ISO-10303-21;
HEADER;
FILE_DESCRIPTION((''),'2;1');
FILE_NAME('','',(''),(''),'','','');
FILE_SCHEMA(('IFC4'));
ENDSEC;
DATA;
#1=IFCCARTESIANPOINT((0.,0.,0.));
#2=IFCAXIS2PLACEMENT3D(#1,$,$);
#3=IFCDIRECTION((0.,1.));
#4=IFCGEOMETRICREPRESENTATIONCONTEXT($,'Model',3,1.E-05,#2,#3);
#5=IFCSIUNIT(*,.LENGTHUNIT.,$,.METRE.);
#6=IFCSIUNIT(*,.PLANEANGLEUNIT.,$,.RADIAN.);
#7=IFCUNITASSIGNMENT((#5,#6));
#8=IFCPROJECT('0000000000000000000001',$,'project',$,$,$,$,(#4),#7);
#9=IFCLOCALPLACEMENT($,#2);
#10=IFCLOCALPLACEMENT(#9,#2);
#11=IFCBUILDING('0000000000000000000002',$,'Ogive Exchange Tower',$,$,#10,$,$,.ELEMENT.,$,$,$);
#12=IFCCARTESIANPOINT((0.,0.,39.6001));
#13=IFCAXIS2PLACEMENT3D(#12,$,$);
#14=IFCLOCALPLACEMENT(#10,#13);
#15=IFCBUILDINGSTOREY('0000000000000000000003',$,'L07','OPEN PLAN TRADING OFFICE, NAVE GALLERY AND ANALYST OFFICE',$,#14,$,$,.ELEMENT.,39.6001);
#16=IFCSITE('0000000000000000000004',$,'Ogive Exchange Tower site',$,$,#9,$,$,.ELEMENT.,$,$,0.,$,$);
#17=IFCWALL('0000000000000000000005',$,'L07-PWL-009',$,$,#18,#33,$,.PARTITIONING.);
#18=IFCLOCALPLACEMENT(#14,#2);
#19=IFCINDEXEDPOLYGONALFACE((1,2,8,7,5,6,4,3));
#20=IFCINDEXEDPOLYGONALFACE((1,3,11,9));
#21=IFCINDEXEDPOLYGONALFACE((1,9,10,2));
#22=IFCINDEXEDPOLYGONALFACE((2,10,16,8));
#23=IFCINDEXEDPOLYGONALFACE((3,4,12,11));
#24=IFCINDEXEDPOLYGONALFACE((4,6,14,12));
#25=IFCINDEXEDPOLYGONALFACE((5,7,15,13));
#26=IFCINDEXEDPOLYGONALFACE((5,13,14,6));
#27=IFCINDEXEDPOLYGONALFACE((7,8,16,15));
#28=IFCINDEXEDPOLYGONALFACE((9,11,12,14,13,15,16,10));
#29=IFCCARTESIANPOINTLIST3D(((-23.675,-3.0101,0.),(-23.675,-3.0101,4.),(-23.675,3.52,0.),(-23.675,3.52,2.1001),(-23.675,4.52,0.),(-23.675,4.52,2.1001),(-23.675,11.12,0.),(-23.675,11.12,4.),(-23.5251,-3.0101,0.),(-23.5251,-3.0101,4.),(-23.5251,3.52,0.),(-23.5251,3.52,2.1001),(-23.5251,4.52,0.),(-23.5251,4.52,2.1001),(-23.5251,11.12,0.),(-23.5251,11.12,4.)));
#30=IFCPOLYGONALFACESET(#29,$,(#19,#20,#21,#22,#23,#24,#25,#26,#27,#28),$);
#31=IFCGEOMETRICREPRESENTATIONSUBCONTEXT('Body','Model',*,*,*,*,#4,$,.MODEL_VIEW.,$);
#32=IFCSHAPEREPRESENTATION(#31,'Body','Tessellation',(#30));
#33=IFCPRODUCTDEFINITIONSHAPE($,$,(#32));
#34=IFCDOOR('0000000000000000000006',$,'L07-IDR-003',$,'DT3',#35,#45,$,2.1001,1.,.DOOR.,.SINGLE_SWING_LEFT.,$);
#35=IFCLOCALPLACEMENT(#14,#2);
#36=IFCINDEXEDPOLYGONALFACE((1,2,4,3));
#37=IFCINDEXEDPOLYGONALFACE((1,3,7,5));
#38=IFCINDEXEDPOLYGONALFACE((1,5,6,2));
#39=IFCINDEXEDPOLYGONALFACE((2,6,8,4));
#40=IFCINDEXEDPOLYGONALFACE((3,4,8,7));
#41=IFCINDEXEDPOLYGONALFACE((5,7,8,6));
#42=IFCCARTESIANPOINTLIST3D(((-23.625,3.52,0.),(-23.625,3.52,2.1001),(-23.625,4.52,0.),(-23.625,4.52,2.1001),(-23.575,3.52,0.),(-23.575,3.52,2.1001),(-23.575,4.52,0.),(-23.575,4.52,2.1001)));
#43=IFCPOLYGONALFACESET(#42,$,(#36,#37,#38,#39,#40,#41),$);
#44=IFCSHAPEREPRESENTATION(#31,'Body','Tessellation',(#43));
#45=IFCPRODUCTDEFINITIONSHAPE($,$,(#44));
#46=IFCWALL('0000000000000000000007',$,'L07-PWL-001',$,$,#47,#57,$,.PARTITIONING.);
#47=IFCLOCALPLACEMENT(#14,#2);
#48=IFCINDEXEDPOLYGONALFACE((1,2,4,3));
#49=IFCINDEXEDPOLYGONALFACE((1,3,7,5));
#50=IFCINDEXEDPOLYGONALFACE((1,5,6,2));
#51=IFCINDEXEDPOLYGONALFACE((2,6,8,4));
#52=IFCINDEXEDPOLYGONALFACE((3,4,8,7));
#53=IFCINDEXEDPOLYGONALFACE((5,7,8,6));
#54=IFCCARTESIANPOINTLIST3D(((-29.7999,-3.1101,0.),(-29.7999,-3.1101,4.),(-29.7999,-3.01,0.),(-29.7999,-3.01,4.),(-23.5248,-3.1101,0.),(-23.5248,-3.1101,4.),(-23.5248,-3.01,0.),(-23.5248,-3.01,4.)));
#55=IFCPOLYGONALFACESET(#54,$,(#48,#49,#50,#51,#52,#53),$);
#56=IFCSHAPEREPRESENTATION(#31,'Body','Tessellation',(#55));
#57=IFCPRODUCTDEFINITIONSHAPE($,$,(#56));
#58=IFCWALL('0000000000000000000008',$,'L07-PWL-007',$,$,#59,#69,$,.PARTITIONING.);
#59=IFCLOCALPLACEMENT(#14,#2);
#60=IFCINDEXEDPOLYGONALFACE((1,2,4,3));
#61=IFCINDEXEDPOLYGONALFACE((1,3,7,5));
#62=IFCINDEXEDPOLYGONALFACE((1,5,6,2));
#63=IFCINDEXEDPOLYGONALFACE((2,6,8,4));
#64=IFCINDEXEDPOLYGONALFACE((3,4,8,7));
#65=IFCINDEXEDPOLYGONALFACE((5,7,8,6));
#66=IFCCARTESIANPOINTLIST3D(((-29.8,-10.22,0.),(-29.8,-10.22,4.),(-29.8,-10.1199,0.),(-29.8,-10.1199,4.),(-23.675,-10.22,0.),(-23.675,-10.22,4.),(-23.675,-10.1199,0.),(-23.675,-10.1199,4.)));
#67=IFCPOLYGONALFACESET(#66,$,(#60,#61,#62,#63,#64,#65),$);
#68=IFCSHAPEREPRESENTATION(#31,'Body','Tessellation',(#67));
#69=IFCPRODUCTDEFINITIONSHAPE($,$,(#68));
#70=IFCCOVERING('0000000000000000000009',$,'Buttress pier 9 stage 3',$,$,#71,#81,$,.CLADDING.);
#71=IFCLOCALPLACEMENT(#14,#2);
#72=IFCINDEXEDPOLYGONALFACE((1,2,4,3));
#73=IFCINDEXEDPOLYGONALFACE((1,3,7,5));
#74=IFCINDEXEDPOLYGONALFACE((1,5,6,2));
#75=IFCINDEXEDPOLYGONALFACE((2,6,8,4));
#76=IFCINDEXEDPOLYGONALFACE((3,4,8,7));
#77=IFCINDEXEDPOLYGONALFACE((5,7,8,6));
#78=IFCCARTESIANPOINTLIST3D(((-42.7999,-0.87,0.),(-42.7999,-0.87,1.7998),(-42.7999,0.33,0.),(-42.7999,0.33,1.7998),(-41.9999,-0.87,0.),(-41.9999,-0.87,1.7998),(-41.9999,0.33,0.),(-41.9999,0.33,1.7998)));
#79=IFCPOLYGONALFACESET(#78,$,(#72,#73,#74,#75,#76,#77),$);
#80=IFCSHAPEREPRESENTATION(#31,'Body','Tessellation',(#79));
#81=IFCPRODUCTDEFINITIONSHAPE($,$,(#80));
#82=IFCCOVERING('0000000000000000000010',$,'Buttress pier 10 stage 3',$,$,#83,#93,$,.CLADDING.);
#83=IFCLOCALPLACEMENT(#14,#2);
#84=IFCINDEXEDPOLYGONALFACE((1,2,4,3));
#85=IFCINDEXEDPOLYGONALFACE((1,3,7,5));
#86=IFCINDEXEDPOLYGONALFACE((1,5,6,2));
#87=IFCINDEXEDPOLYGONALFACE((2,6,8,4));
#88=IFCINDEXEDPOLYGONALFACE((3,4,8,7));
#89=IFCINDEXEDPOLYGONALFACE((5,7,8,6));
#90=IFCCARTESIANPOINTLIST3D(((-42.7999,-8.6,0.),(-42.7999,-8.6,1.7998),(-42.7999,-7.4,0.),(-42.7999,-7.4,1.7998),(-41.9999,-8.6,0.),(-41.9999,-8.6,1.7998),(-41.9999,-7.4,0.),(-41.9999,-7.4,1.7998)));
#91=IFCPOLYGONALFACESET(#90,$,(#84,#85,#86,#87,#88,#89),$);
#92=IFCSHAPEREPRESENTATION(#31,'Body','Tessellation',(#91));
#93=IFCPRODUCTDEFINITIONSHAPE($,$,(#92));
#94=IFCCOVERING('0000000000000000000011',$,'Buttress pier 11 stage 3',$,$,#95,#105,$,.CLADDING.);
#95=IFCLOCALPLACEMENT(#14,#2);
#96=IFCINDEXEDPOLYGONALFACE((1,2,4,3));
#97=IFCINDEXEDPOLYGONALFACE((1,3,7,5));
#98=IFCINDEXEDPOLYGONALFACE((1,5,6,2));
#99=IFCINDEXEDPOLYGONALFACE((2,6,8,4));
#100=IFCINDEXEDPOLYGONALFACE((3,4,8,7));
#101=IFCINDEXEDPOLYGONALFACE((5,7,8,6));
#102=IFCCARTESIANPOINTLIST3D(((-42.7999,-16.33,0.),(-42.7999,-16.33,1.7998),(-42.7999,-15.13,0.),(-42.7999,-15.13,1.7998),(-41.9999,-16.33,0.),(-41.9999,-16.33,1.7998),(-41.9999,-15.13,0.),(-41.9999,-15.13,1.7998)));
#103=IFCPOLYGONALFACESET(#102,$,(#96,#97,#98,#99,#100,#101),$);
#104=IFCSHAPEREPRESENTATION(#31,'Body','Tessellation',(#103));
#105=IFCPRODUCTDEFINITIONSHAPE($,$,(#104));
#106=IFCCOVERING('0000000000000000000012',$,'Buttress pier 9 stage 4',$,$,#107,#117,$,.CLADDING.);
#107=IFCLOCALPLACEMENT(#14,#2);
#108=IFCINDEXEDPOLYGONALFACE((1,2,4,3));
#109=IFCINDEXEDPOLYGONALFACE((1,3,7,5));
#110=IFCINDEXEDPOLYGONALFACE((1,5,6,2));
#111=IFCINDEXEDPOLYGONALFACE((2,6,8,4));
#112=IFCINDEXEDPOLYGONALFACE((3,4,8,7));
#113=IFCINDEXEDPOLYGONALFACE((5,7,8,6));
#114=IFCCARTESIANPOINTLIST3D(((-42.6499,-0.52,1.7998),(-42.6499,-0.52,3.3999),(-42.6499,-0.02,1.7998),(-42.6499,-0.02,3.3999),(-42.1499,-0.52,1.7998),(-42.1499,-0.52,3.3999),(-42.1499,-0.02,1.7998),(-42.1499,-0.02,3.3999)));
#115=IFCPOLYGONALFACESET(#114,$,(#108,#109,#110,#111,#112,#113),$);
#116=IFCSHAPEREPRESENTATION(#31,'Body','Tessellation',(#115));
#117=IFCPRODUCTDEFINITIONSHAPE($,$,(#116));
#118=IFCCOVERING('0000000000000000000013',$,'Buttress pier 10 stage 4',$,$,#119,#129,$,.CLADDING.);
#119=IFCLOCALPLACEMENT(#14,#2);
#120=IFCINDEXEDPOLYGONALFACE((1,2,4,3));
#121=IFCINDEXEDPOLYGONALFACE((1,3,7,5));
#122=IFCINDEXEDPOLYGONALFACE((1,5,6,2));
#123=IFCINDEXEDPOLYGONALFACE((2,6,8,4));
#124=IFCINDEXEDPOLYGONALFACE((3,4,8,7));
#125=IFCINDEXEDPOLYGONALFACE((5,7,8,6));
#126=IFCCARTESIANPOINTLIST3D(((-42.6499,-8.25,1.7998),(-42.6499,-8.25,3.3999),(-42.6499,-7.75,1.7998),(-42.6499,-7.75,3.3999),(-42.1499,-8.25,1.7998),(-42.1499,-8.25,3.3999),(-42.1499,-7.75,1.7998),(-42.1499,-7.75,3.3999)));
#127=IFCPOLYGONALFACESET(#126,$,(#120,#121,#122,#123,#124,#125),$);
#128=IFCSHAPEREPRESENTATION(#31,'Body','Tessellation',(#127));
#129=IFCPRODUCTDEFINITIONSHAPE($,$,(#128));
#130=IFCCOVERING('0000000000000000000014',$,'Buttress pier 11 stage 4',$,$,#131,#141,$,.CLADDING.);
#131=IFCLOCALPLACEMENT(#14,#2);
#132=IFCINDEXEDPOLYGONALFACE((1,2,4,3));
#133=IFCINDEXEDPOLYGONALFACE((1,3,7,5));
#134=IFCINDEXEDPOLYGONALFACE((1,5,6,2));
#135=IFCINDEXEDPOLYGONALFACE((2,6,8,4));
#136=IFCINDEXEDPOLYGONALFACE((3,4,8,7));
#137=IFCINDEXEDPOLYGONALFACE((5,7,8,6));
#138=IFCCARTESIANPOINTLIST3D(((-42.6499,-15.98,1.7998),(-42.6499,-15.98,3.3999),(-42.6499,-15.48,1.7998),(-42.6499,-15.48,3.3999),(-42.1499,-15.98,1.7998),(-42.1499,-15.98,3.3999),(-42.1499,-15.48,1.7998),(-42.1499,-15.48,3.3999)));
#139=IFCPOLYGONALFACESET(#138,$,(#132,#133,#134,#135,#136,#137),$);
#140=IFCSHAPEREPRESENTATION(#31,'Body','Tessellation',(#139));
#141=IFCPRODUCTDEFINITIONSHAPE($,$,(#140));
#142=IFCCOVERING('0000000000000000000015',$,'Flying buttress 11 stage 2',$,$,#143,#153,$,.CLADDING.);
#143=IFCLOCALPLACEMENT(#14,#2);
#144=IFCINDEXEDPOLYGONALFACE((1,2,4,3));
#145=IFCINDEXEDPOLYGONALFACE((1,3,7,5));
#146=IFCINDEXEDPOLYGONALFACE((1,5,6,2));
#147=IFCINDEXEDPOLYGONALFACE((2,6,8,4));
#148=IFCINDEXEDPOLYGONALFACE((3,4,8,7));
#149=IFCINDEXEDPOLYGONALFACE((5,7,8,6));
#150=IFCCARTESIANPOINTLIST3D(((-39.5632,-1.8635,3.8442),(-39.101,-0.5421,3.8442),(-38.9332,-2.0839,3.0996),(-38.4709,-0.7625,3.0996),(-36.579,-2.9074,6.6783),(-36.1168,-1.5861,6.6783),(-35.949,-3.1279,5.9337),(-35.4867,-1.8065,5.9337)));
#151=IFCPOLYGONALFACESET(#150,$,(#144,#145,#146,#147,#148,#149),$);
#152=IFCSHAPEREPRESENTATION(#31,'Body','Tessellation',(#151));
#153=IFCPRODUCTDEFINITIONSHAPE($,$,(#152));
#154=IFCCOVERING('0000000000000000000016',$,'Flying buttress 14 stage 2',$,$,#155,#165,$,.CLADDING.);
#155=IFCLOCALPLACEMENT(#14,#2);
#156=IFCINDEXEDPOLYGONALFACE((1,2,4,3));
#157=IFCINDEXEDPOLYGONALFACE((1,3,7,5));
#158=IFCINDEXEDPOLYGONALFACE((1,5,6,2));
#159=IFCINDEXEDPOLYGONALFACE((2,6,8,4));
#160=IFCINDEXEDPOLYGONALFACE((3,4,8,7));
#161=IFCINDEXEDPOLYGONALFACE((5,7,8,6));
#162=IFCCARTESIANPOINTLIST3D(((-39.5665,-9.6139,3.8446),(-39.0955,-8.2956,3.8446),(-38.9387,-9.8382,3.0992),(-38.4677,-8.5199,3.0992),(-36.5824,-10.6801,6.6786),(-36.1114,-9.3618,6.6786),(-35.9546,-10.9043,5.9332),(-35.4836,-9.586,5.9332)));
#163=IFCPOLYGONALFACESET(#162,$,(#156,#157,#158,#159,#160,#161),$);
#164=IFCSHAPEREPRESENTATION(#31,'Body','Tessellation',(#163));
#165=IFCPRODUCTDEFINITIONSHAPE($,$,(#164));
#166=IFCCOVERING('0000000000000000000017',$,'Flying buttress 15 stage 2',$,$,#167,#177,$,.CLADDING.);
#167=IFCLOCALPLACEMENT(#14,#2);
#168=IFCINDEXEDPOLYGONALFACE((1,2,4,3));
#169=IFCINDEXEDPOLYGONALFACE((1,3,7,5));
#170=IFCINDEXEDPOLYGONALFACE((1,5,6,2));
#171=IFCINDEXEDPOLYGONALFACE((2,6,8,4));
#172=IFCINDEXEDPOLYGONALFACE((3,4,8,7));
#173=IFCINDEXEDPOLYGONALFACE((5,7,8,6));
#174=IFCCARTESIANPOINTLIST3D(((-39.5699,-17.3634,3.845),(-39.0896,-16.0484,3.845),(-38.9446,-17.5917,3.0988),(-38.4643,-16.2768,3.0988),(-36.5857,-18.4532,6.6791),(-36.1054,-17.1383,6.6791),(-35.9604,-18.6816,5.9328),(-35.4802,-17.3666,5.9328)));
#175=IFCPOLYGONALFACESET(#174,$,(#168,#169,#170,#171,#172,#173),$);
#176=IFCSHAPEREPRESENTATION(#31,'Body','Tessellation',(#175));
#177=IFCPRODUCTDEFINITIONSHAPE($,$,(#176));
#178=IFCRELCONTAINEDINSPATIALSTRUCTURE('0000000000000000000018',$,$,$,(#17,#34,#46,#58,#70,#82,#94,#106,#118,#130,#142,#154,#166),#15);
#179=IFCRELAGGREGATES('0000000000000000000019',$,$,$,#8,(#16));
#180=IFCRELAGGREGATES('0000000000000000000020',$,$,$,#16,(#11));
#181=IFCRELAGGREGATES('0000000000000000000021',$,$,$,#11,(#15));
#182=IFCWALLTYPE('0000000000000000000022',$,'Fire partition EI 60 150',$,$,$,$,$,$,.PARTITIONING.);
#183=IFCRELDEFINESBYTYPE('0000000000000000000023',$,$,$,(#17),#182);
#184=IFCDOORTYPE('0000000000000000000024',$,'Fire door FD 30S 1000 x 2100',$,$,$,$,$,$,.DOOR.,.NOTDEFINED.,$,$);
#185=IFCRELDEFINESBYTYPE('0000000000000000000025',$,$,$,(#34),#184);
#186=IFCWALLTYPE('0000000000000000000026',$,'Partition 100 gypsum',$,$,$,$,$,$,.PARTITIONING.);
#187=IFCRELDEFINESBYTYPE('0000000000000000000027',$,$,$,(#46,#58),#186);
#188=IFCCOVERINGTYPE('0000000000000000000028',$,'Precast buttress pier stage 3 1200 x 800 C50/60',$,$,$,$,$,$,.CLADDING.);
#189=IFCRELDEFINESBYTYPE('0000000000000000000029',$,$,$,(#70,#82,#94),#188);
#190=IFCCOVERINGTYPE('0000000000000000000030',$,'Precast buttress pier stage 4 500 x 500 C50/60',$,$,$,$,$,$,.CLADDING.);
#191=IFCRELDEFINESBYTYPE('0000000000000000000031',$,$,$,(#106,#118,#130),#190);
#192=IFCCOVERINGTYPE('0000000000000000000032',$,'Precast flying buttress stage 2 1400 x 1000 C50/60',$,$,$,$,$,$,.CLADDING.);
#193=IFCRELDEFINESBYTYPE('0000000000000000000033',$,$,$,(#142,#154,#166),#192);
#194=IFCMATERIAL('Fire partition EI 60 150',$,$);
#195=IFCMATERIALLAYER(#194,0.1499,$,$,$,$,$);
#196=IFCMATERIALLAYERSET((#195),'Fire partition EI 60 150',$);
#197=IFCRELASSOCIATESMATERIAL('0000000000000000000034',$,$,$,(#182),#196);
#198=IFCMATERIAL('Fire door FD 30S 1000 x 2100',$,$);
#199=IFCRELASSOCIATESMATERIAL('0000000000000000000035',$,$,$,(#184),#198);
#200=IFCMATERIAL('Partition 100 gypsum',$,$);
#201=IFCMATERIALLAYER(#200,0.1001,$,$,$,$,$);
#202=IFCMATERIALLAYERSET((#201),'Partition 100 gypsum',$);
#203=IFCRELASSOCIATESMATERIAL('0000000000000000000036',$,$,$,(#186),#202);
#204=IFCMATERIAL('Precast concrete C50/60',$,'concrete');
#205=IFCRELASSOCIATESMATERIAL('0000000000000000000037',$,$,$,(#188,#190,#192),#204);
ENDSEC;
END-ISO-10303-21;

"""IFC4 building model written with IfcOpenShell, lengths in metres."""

from ifc_helpers import new_model, si_unit, direction, frame, frame_2d, origin, origin_2d, place, context, subcontext, project, spatial, rectangle, extrude, material, layer, layer_set, material_profile, profile_set, type_object, element, fill, save


model = new_model("IFC4")

# Units and contexts
model_context = context("Model", 3, precision=1e-05, world=origin(), true_north=direction((0.0, 1.0)))
body_context = subcontext(model_context, "Body", "Model", "MODEL_VIEW")
ifc_project = project(units=[si_unit("LENGTHUNIT", "METRE"), si_unit("PLANEANGLEUNIT", "RADIAN")], contexts=[model_context])

# Site, building, storey
site_placement = place(None, origin())
site = spatial("IfcSite", under=ifc_project, at=site_placement, Name="Ogive Exchange Tower site", CompositionType="ELEMENT", RefElevation=0.0)
building_placement = place(site_placement, origin())
building = spatial("IfcBuilding", under=site, at=building_placement, Name="Ogive Exchange Tower", CompositionType="ELEMENT")
storey_placement = place(building_placement, frame((0.0, 0.0, 39.6001)))
storey = spatial("IfcBuildingStorey", under=building, at=storey_placement, Name="L07", Description="OPEN PLAN TRADING OFFICE, NAVE GALLERY AND ANALYST OFFICE", CompositionType="ELEMENT", Elevation=39.6001)

# Shared definitions
ifc_material_1 = material(Name="Fire partition EI 60 150")
ifc_layer_1 = layer(ifc_material_1, 0.1499)
ifc_layer_set_1 = layer_set([ifc_layer_1], Name="Fire partition EI 60 150")
wall_type_1 = type_object("IfcWallType", Name="Fire partition EI 60 150", PredefinedType="PARTITIONING", material=ifc_layer_set_1)

# Wall, opening, door
ifc_material_2 = material(Name="Fire door FD 30S 1000 x 2100")
door_type = type_object("IfcDoorType", Name="Fire door FD 30S 1000 x 2100", OperationType="NOTDEFINED", PredefinedType="DOOR", material=ifc_material_2)
wall_1_placement = place(storey_placement, frame((-23.6001, -3.01, 0.0), z_axis=(0.0, 0.0, 1.0), x_axis=(0.0, 1.0, 0.0)))
wall_1 = element("IfcWall", 1, at=wall_1_placement, inside=storey, type_object=wall_type_1, Name="L07-PWL-009", PredefinedType="PARTITIONING", context=body_context, shape_type="SweptSolid", body=[
    extrude(rectangle(XDim=14.1301, YDim=0.1499, at=frame_2d((7.0649, 0.0))), origin(), (0.0, 0.0, 1.0), 4.0),
])
opening_1_placement = place(wall_1_placement, frame((6.53, 0.0, 0.0)))
opening_1 = element("IfcOpeningElement", 2, at=opening_1_placement, cuts=wall_1, PredefinedType="OPENING", context=body_context, shape_type="SweptSolid", body=[
    extrude(rectangle(XDim=1.0, YDim=2.1001, at=frame_2d((0.5, 1.05))), frame((0.0, 0.085, 0.0), z_axis=(0.0, -1.0, 0.0), x_axis=(1.0, 0.0, 0.0)), (0.0, 0.0, 1.0), 0.1699),
])
door_1_placement = place(opening_1_placement, origin())
door_1 = element("IfcDoor", 3, at=door_1_placement, inside=storey, type_object=door_type, Name="L07-IDR-003", ObjectType="DT3", OperationType="SINGLE_SWING_LEFT", OverallHeight=2.1001, OverallWidth=1.0, PredefinedType="DOOR", context=body_context, shape_type="SweptSolid", body=[
    extrude(rectangle(XDim=1.0, YDim=2.1001, at=frame_2d((0.5, 1.05))), frame((0.0, 0.0249, 0.0), z_axis=(0.0, -1.0, 0.0), x_axis=(1.0, 0.0, 0.0)), (0.0, 0.0, 1.0), 0.05),
])
fill(opening_1, door_1)

# Walls
ifc_material_3 = material(Name="Partition 100 gypsum")
ifc_layer_2 = layer(ifc_material_3, 0.1001)
ifc_layer_set_2 = layer_set([ifc_layer_2], Name="Partition 100 gypsum")
wall_type_2 = type_object("IfcWallType", Name="Partition 100 gypsum", PredefinedType="PARTITIONING", material=ifc_layer_set_2)
wall_2_placement = place(storey_placement, frame((-29.8, -3.0601, 0.0), z_axis=(0.0, 0.0, 1.0), x_axis=(1.0, 0.0, 0.0)))
element("IfcWall", 4, at=wall_2_placement, inside=storey, type_object=wall_type_2, Name="L07-PWL-001", PredefinedType="PARTITIONING", context=body_context, shape_type="SweptSolid", body=[
    extrude(rectangle(XDim=6.2751, YDim=0.1001, at=frame_2d((3.1377, 0.0))), origin(), (0.0, 0.0, 1.0), 4.0),
])
wall_3_placement = place(storey_placement, frame((-23.675, -10.1699, 0.0), z_axis=(0.0, 0.0, 1.0), x_axis=(-1.0, 0.0, 0.0)))
element("IfcWall", 5, at=wall_3_placement, inside=storey, type_object=wall_type_2, Name="L07-PWL-007", PredefinedType="PARTITIONING", context=body_context, shape_type="SweptSolid", body=[
    extrude(rectangle(XDim=6.125, YDim=0.1001, at=frame_2d((3.0625, 0.0))), origin(), (0.0, 0.0, 1.0), 4.0),
])

# Coverings
ifc_material_4 = material(Name="Precast concrete C50/60", Category="concrete")
ifc_material_profile_1 = material_profile(ifc_material_4, rectangle(XDim=1.2, YDim=0.8, at=origin_2d()), Name="BUTTRESS PIER 3 1200 x 800")
ifc_profile_set_1 = profile_set([ifc_material_profile_1], Name="Precast concrete C50/60")
covering_type_1 = type_object("IfcCoveringType", Name="Precast buttress pier stage 3 1200 x 800 C50/60", PredefinedType="CLADDING", material=ifc_profile_set_1)
for number, where, z_axis, x_axis, name in (
    (6, (-42.3999, -0.27, 0.0), (0.0, 0.0, 1.0), (0.0, 1.0, 0.0), "Buttress pier 9 stage 3"),
    (7, (-42.3999, -8.0, 0.0), (0.0, 0.0, 1.0), (0.0, 1.0, 0.0), "Buttress pier 10 stage 3"),
    (8, (-42.3999, -15.73, 0.0), (0.0, 0.0, 1.0), (0.0, 1.0, 0.0), "Buttress pier 11 stage 3"),
):
    element("IfcCovering", number, at=place(storey_placement, frame(where, z_axis=z_axis, x_axis=x_axis)), inside=storey, type_object=covering_type_1, Name=name, PredefinedType="CLADDING", context=body_context, shape_type="SweptSolid", body=[
        extrude(rectangle(XDim=1.2, YDim=0.8, at=origin_2d()), origin(), (0.0, 0.0, 1.0), 1.7998),
    ])
ifc_material_profile_2 = material_profile(ifc_material_4, rectangle(XDim=0.5, YDim=0.5, at=origin_2d()), Name="BUTTRESS PIER 4 500 x 500")
ifc_profile_set_2 = profile_set([ifc_material_profile_2], Name="Precast concrete C50/60")
covering_type_2 = type_object("IfcCoveringType", Name="Precast buttress pier stage 4 500 x 500 C50/60", PredefinedType="CLADDING", material=ifc_profile_set_2)
for number, where, z_axis, x_axis, name in (
    (9, (-42.3999, -0.27, 1.7998), (0.0, 0.0, 1.0), (0.0, 1.0, 0.0), "Buttress pier 9 stage 4"),
    (10, (-42.3999, -8.0, 1.7998), (0.0, 0.0, 1.0), (0.0, 1.0, 0.0), "Buttress pier 10 stage 4"),
    (11, (-42.3999, -15.73, 1.7998), (0.0, 0.0, 1.0), (0.0, 1.0, 0.0), "Buttress pier 11 stage 4"),
):
    element("IfcCovering", number, at=place(storey_placement, frame(where, z_axis=z_axis, x_axis=x_axis)), inside=storey, type_object=covering_type_2, Name=name, PredefinedType="CLADDING", context=body_context, shape_type="SweptSolid", body=[
        extrude(rectangle(XDim=0.5, YDim=0.5, at=origin_2d()), origin(), (0.0, 0.0, 1.0), 1.6001),
    ])
ifc_material_profile_3 = material_profile(ifc_material_4, rectangle(XDim=1.3999, YDim=1.0, at=origin_2d()), Name="FLYING BUTTRESS 2 1400 x 1000")
ifc_profile_set_3 = profile_set([ifc_material_profile_3], Name="Precast concrete C50/60")
covering_type_3 = type_object("IfcCoveringType", Name="Precast flying buttress stage 2 1400 x 1000 C50/60", PredefinedType="CLADDING", material=ifc_profile_set_3)
covering_1_placement = place(storey_placement, frame((-39.0171, -1.313, 3.4719), z_axis=(0.702853, -0.245881, 0.667489), x_axis=(0.330209, 0.943908, 0.0)))
element("IfcCovering", 12, at=covering_1_placement, inside=storey, type_object=covering_type_3, Name="Flying buttress 11 stage 2", PredefinedType="CLADDING", context=body_context, shape_type="SweptSolid", body=[
    extrude(rectangle(XDim=1.3999, YDim=1.0, at=origin_2d()), origin(), (0.0, 0.0, 1.0), 4.2458),
])
covering_2_placement = place(storey_placement, frame((-39.0171, -9.0669, 3.4719), z_axis=(0.70194, -0.250787, 0.666622), x_axis=(0.336449, 0.941702, 0.0)))
element("IfcCovering", 13, at=covering_2_placement, inside=storey, type_object=covering_type_3, Name="Flying buttress 14 stage 2", PredefinedType="CLADDING", context=body_context, shape_type="SweptSolid", body=[
    extrude(rectangle(XDim=1.3999, YDim=1.0, at=origin_2d()), origin(), (0.0, 0.0, 1.0), 4.2512),
])
covering_3_placement = place(storey_placement, frame((-39.0171, -16.8201, 3.4719), z_axis=(0.700951, -0.255997, 0.665683), x_axis=(0.343051, 0.939317, 0.0)))
element("IfcCovering", 14, at=covering_3_placement, inside=storey, type_object=covering_type_3, Name="Flying buttress 15 stage 2", PredefinedType="CLADDING", context=body_context, shape_type="SweptSolid", body=[
    extrude(rectangle(XDim=1.3999, YDim=1.0, at=origin_2d()), origin(), (0.0, 0.0, 1.0), 4.2573),
])

save(model, "model.ifc")
